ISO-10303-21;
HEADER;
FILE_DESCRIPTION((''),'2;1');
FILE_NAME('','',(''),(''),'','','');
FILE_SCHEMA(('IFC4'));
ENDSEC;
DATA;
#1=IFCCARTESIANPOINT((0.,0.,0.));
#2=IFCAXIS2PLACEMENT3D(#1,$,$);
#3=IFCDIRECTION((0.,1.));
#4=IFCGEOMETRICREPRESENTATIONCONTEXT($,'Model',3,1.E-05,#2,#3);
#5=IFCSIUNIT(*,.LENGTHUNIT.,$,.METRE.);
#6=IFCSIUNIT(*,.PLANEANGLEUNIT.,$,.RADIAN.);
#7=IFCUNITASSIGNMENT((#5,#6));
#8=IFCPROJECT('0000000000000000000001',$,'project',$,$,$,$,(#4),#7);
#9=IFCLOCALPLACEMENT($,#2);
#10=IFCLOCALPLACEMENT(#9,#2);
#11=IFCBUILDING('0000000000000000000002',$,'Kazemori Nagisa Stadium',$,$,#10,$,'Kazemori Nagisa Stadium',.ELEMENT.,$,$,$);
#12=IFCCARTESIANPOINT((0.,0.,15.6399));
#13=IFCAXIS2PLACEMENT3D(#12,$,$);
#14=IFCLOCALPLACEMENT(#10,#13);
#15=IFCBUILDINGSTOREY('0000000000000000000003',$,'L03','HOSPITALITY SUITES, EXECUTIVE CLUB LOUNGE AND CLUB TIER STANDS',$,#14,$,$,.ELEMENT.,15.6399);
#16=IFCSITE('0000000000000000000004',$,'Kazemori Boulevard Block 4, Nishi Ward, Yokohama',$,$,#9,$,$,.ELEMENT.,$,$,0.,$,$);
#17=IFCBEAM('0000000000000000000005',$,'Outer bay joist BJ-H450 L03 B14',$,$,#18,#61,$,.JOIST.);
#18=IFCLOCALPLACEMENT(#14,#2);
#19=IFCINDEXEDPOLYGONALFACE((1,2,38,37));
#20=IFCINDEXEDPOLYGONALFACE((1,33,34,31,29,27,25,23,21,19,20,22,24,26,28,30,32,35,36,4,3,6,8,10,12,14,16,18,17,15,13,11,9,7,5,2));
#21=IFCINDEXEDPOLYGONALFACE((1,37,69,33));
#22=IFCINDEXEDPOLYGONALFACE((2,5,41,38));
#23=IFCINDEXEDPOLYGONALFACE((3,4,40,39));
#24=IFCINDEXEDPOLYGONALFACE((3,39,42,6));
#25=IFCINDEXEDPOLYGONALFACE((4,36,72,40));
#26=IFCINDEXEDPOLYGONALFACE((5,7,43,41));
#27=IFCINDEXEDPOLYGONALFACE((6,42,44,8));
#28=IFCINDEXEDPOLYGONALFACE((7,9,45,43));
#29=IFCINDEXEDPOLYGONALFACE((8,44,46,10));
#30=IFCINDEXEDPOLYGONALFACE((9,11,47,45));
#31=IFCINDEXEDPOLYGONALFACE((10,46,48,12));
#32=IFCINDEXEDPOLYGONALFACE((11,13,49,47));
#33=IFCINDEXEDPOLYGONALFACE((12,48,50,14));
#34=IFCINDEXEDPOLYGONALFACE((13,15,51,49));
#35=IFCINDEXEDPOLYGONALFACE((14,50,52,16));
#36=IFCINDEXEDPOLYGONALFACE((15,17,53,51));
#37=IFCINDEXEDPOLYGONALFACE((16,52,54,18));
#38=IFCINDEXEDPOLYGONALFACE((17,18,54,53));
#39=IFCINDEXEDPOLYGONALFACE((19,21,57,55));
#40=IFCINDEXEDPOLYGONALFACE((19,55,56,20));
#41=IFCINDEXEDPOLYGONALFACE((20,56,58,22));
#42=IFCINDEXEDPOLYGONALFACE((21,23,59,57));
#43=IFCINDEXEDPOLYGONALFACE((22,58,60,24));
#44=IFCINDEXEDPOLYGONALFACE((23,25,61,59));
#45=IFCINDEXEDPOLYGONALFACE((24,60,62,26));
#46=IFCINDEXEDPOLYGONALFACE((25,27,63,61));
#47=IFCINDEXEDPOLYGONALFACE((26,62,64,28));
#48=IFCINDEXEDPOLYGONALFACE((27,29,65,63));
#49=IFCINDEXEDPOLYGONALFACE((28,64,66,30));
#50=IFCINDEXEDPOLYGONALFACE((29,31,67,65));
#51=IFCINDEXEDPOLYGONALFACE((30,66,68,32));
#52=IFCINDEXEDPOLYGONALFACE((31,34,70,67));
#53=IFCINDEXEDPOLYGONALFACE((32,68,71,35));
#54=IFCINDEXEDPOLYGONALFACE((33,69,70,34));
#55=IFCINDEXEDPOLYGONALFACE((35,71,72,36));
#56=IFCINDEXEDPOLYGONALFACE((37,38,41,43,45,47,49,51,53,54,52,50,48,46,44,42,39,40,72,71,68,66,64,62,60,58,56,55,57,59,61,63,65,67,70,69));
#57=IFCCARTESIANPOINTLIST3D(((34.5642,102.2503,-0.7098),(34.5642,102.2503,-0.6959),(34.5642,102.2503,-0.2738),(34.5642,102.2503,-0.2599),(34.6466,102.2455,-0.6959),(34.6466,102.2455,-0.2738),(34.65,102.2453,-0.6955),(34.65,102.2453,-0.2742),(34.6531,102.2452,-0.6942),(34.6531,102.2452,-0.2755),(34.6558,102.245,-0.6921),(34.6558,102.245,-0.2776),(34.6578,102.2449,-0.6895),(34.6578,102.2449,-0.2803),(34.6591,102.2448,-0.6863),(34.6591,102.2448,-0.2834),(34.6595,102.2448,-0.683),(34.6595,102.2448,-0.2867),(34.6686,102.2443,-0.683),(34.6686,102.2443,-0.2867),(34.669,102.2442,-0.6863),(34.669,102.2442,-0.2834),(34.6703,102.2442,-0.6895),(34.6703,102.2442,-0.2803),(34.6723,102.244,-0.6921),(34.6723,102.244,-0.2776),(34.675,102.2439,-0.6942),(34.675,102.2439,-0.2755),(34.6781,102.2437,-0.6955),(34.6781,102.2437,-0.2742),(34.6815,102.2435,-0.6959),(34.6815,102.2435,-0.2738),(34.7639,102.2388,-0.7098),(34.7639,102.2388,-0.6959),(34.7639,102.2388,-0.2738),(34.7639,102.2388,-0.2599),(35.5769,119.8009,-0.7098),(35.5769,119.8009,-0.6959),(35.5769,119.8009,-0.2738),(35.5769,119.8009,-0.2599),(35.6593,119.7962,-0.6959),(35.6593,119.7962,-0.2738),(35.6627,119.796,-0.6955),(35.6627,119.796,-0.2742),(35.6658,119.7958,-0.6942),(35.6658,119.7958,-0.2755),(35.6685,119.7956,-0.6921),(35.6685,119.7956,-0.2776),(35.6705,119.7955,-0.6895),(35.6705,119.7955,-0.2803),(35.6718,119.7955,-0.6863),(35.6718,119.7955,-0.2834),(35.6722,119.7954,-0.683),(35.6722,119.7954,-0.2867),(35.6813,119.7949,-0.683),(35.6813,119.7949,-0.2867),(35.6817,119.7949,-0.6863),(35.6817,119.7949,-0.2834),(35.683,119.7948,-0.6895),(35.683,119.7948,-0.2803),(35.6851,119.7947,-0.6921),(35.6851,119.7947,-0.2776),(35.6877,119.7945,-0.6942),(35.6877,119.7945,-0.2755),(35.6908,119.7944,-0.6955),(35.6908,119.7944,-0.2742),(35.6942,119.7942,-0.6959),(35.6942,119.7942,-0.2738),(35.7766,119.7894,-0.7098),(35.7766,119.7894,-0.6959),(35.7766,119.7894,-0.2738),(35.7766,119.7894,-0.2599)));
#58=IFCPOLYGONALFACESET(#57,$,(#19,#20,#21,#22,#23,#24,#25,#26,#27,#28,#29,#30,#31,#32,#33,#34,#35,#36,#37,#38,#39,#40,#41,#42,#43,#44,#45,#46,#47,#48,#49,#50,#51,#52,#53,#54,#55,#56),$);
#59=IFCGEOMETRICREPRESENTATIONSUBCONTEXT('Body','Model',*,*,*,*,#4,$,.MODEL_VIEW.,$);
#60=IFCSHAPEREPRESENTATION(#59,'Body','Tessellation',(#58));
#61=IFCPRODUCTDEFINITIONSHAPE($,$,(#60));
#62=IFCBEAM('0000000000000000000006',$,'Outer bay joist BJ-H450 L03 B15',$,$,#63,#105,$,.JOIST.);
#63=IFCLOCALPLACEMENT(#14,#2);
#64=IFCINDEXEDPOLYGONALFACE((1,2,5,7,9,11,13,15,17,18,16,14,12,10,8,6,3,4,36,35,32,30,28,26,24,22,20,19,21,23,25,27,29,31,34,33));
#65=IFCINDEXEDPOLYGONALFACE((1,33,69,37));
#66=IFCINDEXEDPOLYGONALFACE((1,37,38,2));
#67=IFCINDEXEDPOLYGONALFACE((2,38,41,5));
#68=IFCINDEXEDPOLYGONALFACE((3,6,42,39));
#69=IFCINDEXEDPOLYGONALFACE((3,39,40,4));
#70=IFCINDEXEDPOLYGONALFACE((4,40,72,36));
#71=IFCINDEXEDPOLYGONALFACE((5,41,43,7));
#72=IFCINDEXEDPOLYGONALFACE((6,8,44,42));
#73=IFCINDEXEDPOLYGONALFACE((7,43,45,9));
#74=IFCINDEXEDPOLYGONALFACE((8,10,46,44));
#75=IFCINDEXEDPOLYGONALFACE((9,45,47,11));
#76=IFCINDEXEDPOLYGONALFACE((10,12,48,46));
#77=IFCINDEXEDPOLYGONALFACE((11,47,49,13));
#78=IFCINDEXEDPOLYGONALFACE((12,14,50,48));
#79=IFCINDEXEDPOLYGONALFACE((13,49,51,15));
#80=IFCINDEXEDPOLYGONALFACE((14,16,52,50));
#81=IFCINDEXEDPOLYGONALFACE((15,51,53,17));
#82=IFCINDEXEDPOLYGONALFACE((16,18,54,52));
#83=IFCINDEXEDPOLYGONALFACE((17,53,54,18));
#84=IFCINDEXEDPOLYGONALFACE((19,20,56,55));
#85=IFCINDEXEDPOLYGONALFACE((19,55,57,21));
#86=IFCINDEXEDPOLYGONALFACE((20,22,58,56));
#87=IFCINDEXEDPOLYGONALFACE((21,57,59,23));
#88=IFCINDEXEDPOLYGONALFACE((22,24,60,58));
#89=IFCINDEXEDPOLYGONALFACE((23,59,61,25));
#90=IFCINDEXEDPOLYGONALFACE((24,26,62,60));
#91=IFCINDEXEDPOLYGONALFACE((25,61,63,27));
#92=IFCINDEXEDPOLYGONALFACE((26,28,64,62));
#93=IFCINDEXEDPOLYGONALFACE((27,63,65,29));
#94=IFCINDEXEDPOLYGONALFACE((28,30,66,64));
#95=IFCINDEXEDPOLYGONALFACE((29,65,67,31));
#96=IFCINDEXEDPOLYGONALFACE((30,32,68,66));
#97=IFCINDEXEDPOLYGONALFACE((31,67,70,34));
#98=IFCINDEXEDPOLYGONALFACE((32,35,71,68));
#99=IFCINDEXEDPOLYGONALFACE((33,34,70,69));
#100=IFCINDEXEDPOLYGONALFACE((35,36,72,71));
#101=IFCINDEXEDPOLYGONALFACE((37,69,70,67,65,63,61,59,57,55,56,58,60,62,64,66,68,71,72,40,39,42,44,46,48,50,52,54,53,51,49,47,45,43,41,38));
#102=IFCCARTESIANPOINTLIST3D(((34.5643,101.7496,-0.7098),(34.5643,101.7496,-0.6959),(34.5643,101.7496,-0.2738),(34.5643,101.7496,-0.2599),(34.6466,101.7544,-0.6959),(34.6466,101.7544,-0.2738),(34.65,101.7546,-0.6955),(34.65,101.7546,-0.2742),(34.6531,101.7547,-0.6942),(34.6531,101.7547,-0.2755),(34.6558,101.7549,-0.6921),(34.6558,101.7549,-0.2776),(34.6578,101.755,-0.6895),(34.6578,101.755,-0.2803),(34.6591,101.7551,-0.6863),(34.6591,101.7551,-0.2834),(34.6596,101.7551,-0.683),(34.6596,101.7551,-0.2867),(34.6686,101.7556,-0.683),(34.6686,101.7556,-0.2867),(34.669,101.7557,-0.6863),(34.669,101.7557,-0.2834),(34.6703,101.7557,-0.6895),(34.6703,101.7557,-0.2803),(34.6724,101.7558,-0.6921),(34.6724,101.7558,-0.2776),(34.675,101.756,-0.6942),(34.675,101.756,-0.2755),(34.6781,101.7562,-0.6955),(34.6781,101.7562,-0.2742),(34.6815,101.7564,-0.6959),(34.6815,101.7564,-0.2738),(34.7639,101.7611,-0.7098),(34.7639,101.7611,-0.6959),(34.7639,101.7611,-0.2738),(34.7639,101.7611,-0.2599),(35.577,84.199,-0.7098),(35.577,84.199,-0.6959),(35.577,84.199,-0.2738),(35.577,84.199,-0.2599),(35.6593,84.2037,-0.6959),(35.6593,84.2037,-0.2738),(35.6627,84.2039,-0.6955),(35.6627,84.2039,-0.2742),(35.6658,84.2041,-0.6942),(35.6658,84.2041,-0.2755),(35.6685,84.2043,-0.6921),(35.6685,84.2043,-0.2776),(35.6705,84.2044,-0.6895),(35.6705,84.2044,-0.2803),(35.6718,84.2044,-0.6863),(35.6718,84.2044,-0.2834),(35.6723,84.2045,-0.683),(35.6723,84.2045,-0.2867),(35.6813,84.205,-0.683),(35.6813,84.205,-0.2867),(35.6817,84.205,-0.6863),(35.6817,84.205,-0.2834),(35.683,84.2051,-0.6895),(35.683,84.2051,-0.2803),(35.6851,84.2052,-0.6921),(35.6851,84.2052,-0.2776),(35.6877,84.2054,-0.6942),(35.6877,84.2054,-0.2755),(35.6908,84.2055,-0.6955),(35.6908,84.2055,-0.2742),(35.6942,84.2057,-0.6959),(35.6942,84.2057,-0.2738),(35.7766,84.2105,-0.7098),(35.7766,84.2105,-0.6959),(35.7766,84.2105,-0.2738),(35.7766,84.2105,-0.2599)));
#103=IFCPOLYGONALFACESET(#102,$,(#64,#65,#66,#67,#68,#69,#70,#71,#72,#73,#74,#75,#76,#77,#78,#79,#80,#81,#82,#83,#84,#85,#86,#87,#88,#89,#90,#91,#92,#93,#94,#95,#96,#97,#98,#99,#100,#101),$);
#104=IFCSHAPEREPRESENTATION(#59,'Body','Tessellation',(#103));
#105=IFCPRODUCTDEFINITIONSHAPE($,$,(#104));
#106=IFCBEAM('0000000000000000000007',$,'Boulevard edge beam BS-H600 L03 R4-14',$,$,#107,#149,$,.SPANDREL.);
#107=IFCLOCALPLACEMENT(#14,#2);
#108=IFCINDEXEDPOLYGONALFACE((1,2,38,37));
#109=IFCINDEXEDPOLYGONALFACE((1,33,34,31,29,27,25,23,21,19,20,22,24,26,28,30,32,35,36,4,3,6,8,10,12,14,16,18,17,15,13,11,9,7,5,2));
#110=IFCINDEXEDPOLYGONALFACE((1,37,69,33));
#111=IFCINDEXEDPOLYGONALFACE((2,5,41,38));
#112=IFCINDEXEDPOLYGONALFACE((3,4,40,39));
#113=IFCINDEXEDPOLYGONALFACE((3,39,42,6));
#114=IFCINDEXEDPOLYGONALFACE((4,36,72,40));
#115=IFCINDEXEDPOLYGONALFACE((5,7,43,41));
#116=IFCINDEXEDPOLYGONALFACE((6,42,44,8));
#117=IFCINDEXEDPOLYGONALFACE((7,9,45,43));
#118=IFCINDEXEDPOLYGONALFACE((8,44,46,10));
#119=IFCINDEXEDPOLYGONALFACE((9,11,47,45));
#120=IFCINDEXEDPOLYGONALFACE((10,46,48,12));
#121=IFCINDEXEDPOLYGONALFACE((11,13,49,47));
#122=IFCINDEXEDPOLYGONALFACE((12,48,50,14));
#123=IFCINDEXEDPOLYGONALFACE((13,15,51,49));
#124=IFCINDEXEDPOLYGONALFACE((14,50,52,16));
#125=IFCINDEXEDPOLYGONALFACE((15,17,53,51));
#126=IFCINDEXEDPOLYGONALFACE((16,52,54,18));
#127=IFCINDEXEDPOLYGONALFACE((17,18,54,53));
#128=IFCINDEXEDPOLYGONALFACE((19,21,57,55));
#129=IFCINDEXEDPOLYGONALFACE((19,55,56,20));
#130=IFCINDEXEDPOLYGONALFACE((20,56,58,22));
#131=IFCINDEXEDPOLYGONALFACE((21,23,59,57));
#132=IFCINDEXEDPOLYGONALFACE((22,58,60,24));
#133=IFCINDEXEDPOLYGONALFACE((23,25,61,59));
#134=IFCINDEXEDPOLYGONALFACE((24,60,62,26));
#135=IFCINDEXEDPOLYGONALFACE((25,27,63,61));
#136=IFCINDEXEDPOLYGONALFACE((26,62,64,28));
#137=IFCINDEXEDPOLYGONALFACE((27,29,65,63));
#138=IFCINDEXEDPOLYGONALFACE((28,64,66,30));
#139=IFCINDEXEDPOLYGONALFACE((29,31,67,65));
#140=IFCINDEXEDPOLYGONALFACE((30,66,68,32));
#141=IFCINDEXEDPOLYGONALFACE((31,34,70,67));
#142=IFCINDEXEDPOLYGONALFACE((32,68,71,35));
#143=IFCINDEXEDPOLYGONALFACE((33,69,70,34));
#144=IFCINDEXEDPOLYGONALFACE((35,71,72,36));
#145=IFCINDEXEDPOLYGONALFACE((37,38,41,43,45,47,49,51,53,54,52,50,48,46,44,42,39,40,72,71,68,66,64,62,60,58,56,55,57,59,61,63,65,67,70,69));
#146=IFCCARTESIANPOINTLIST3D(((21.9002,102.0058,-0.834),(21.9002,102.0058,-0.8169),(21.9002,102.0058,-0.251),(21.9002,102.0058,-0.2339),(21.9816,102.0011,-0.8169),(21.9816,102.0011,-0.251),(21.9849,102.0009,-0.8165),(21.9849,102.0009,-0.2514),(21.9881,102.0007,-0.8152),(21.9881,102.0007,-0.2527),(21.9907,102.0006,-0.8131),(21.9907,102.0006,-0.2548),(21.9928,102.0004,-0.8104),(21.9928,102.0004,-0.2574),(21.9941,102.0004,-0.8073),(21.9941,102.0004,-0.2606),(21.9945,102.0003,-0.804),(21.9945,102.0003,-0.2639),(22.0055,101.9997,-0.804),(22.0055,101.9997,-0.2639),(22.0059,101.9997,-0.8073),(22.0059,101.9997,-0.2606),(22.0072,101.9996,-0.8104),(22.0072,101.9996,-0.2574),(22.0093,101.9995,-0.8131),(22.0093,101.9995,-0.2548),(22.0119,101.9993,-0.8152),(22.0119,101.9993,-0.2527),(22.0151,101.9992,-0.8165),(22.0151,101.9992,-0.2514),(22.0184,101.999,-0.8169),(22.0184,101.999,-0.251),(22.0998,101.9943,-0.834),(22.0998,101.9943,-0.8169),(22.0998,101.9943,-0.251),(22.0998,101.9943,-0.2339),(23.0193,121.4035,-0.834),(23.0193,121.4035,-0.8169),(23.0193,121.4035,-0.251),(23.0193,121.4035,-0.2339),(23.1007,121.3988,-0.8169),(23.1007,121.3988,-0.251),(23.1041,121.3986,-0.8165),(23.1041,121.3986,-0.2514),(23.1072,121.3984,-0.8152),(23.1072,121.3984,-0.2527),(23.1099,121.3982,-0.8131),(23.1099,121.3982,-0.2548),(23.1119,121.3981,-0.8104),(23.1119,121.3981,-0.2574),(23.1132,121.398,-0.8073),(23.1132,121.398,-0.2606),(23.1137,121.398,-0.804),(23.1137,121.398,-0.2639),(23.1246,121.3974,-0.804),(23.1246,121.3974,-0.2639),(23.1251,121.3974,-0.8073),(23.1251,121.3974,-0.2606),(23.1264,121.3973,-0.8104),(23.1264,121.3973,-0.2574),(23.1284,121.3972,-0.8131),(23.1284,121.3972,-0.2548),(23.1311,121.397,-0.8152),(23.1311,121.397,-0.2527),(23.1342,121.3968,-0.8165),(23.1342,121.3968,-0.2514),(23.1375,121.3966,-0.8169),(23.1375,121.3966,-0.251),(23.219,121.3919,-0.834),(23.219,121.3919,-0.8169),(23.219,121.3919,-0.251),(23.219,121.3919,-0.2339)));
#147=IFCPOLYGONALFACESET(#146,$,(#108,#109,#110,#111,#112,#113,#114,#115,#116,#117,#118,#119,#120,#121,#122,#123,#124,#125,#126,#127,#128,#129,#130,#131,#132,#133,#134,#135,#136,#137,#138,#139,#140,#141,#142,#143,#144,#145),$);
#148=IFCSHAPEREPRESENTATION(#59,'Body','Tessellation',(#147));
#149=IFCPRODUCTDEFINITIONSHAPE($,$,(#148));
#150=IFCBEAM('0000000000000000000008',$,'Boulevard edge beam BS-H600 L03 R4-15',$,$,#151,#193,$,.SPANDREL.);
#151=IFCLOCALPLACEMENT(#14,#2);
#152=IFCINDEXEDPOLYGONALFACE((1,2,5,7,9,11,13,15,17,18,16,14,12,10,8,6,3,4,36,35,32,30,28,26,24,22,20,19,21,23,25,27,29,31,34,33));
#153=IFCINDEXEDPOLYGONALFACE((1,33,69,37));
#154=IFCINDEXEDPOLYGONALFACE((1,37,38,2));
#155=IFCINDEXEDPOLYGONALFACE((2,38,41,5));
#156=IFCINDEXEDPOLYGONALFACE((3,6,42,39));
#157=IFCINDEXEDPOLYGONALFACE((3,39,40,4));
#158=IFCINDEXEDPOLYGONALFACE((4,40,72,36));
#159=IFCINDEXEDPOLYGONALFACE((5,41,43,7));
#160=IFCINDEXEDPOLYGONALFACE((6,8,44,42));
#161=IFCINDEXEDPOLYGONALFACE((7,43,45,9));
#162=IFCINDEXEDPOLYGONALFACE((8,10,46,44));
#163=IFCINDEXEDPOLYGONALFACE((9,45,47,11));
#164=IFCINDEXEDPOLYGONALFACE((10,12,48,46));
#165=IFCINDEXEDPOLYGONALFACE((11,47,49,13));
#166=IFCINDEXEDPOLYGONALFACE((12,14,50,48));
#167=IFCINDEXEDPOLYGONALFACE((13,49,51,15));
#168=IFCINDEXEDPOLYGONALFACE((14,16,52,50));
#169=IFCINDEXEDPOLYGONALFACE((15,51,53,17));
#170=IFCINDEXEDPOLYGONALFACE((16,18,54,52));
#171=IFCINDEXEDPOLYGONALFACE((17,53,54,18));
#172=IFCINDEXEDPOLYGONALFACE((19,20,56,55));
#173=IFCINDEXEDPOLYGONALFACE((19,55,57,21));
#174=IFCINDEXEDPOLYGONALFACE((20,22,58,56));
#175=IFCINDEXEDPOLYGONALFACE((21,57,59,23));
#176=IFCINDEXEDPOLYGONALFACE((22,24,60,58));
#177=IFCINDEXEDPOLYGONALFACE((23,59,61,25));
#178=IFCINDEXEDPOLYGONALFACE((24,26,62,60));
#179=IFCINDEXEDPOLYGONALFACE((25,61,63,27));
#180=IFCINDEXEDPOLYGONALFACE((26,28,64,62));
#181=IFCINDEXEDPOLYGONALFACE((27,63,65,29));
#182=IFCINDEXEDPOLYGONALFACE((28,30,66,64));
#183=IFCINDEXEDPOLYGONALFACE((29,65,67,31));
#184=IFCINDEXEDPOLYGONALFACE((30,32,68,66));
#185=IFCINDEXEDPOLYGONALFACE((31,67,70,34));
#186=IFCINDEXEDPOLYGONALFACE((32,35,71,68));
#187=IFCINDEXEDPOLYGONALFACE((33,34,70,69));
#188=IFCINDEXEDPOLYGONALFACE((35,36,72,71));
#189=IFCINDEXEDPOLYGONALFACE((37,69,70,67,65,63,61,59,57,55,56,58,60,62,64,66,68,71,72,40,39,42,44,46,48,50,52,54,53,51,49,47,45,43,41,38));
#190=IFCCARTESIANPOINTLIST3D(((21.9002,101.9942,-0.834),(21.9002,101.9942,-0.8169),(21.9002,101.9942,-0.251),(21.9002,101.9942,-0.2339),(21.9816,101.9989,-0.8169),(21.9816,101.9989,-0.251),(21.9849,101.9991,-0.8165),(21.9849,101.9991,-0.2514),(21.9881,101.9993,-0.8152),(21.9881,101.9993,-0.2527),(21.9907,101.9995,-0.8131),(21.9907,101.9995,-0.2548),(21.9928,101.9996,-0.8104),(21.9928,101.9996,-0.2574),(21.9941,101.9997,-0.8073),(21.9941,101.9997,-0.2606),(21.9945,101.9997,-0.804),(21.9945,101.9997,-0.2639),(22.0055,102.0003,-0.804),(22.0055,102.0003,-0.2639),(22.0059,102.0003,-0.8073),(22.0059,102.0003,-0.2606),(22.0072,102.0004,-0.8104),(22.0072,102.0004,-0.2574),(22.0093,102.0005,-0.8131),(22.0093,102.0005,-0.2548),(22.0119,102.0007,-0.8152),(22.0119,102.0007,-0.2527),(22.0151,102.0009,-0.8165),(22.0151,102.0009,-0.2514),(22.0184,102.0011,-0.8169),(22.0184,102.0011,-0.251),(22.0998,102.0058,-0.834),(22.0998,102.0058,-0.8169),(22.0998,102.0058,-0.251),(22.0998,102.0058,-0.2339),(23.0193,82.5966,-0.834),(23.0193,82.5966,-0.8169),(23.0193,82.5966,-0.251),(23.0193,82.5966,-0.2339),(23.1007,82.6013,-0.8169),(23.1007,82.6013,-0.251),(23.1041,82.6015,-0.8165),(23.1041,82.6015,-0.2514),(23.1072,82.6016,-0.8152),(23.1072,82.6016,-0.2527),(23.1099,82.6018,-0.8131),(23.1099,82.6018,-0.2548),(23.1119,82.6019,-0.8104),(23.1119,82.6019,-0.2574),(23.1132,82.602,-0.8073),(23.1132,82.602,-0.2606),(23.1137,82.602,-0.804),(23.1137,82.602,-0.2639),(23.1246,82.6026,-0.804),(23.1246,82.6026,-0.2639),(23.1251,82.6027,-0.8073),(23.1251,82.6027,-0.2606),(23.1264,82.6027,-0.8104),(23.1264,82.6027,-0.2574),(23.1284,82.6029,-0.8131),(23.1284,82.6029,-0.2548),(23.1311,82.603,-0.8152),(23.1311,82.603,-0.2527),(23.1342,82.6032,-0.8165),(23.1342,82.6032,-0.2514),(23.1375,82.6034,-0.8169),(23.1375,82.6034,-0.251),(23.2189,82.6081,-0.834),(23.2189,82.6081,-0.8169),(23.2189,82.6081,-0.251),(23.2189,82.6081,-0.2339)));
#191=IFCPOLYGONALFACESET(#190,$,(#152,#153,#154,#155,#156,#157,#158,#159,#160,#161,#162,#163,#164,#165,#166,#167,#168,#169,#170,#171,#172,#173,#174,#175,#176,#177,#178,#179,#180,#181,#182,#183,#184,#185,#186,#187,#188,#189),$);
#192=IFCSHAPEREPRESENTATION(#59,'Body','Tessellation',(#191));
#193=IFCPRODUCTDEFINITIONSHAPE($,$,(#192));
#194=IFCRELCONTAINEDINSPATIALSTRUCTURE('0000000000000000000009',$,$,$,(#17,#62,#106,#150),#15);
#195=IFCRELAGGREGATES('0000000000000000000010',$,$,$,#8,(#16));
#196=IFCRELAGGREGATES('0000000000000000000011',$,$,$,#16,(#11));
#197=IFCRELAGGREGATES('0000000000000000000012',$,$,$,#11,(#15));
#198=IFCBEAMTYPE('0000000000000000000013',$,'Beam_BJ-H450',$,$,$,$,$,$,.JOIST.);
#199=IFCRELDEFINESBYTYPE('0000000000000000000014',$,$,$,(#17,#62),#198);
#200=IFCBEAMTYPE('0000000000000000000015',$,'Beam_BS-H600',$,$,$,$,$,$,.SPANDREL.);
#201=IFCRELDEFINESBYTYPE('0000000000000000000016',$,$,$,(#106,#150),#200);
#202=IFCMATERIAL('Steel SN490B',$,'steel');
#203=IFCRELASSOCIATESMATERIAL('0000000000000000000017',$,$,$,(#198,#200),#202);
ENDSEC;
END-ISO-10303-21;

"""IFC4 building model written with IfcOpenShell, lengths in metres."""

from ifc_helpers import new_model, si_unit, direction, frame, origin, origin_2d, place, context, subcontext, project, spatial, i_section, extrude, material, material_profile, profile_set, type_object, element, save


model = new_model("IFC4")

# Units and contexts
model_context = context("Model", 3, precision=1e-05, world=origin(), true_north=direction((0.0, 1.0)))
body_context = subcontext(model_context, "Body", "Model", "MODEL_VIEW")
ifc_project = project(units=[si_unit("LENGTHUNIT", "METRE"), si_unit("PLANEANGLEUNIT", "RADIAN")], contexts=[model_context])

# Site, building, storey
site_placement = place(None, origin())
site = spatial("IfcSite", under=ifc_project, at=site_placement, Name="Kazemori Boulevard Block 4, Nishi Ward, Yokohama", CompositionType="ELEMENT", RefElevation=0.0)
building_placement = place(site_placement, origin())
building = spatial("IfcBuilding", under=site, at=building_placement, Name="Kazemori Nagisa Stadium", LongName="Kazemori Nagisa Stadium", CompositionType="ELEMENT")
storey_placement = place(building_placement, frame((0.0, 0.0, 15.6399)))
storey = spatial("IfcBuildingStorey", under=building, at=storey_placement, Name="L03", Description="HOSPITALITY SUITES, EXECUTIVE CLUB LOUNGE AND CLUB TIER STANDS", CompositionType="ELEMENT", Elevation=15.6399)

# Beams
ifc_material_1 = material(Name="Steel SN490B", Category="steel")
ifc_material_profile_1 = material_profile(ifc_material_1, i_section(OverallWidth=0.2, OverallDepth=0.45, WebThickness=0.009, FlangeThickness=0.0139, FilletRadius=0.0129, at=origin_2d()), Name="H-450x200x9x14")
ifc_profile_set_1 = profile_set([ifc_material_profile_1], Name="Steel SN490B")
beam_type_1 = type_object("IfcBeamType", Name="Beam_BJ-H450", PredefinedType="JOIST", material=ifc_profile_set_1)
for number, where, z_axis, x_axis, name in (
    (1, (35.6768, 119.7952, -0.4849), (-0.057606, -0.998339, 0.0), (0.998339, -0.057606, 0.0), "Outer bay joist BJ-H450 L03 B14"),
    (2, (34.6641, 101.7554, -0.4849), (0.057606, -0.998339, 0.0), (0.998339, 0.057606, 0.0), "Outer bay joist BJ-H450 L03 B15"),
):
    element("IfcBeam", number, at=place(storey_placement, frame(where, z_axis=z_axis, x_axis=x_axis)), inside=storey, type_object=beam_type_1, Name=name, PredefinedType="JOIST", context=body_context, shape_type="SweptSolid", body=[
        extrude(i_section(OverallWidth=0.2, OverallDepth=0.45, WebThickness=0.009, FlangeThickness=0.0139, FilletRadius=0.0129, at=origin_2d()), origin(), (0.0, 0.0, 1.0), 17.5798),
    ])
ifc_material_profile_2 = material_profile(ifc_material_1, i_section(OverallWidth=0.2, OverallDepth=0.6001, WebThickness=0.011, FlangeThickness=0.0171, FilletRadius=0.0129, at=origin_2d()), Name="H-600x200x11x17")
ifc_profile_set_2 = profile_set([ifc_material_profile_2], Name="Steel SN490B")
beam_type_2 = type_object("IfcBeamType", Name="Beam_BS-H600", PredefinedType="SPANDREL", material=ifc_profile_set_2)
for number, where, z_axis, x_axis, name in (
    (3, (23.1191, 121.3977, -0.5339), (-0.057599, -0.99834, 0.0), (0.99834, -0.057599, 0.0), "Boulevard edge beam BS-H600 L03 R4-14"),
    (4, (22.0, 102.0, -0.5339), (0.057599, -0.99834, 0.0), (0.99834, 0.057599, 0.0), "Boulevard edge beam BS-H600 L03 R4-15"),
):
    element("IfcBeam", number, at=place(storey_placement, frame(where, z_axis=z_axis, x_axis=x_axis)), inside=storey, type_object=beam_type_2, Name=name, PredefinedType="SPANDREL", context=body_context, shape_type="SweptSolid", body=[
        extrude(i_section(OverallWidth=0.2, OverallDepth=0.6001, WebThickness=0.011, FlangeThickness=0.0171, FilletRadius=0.0129, at=origin_2d()), origin(), (0.0, 0.0, 1.0), 19.4299),
    ])

save(model, "model.ifc")
